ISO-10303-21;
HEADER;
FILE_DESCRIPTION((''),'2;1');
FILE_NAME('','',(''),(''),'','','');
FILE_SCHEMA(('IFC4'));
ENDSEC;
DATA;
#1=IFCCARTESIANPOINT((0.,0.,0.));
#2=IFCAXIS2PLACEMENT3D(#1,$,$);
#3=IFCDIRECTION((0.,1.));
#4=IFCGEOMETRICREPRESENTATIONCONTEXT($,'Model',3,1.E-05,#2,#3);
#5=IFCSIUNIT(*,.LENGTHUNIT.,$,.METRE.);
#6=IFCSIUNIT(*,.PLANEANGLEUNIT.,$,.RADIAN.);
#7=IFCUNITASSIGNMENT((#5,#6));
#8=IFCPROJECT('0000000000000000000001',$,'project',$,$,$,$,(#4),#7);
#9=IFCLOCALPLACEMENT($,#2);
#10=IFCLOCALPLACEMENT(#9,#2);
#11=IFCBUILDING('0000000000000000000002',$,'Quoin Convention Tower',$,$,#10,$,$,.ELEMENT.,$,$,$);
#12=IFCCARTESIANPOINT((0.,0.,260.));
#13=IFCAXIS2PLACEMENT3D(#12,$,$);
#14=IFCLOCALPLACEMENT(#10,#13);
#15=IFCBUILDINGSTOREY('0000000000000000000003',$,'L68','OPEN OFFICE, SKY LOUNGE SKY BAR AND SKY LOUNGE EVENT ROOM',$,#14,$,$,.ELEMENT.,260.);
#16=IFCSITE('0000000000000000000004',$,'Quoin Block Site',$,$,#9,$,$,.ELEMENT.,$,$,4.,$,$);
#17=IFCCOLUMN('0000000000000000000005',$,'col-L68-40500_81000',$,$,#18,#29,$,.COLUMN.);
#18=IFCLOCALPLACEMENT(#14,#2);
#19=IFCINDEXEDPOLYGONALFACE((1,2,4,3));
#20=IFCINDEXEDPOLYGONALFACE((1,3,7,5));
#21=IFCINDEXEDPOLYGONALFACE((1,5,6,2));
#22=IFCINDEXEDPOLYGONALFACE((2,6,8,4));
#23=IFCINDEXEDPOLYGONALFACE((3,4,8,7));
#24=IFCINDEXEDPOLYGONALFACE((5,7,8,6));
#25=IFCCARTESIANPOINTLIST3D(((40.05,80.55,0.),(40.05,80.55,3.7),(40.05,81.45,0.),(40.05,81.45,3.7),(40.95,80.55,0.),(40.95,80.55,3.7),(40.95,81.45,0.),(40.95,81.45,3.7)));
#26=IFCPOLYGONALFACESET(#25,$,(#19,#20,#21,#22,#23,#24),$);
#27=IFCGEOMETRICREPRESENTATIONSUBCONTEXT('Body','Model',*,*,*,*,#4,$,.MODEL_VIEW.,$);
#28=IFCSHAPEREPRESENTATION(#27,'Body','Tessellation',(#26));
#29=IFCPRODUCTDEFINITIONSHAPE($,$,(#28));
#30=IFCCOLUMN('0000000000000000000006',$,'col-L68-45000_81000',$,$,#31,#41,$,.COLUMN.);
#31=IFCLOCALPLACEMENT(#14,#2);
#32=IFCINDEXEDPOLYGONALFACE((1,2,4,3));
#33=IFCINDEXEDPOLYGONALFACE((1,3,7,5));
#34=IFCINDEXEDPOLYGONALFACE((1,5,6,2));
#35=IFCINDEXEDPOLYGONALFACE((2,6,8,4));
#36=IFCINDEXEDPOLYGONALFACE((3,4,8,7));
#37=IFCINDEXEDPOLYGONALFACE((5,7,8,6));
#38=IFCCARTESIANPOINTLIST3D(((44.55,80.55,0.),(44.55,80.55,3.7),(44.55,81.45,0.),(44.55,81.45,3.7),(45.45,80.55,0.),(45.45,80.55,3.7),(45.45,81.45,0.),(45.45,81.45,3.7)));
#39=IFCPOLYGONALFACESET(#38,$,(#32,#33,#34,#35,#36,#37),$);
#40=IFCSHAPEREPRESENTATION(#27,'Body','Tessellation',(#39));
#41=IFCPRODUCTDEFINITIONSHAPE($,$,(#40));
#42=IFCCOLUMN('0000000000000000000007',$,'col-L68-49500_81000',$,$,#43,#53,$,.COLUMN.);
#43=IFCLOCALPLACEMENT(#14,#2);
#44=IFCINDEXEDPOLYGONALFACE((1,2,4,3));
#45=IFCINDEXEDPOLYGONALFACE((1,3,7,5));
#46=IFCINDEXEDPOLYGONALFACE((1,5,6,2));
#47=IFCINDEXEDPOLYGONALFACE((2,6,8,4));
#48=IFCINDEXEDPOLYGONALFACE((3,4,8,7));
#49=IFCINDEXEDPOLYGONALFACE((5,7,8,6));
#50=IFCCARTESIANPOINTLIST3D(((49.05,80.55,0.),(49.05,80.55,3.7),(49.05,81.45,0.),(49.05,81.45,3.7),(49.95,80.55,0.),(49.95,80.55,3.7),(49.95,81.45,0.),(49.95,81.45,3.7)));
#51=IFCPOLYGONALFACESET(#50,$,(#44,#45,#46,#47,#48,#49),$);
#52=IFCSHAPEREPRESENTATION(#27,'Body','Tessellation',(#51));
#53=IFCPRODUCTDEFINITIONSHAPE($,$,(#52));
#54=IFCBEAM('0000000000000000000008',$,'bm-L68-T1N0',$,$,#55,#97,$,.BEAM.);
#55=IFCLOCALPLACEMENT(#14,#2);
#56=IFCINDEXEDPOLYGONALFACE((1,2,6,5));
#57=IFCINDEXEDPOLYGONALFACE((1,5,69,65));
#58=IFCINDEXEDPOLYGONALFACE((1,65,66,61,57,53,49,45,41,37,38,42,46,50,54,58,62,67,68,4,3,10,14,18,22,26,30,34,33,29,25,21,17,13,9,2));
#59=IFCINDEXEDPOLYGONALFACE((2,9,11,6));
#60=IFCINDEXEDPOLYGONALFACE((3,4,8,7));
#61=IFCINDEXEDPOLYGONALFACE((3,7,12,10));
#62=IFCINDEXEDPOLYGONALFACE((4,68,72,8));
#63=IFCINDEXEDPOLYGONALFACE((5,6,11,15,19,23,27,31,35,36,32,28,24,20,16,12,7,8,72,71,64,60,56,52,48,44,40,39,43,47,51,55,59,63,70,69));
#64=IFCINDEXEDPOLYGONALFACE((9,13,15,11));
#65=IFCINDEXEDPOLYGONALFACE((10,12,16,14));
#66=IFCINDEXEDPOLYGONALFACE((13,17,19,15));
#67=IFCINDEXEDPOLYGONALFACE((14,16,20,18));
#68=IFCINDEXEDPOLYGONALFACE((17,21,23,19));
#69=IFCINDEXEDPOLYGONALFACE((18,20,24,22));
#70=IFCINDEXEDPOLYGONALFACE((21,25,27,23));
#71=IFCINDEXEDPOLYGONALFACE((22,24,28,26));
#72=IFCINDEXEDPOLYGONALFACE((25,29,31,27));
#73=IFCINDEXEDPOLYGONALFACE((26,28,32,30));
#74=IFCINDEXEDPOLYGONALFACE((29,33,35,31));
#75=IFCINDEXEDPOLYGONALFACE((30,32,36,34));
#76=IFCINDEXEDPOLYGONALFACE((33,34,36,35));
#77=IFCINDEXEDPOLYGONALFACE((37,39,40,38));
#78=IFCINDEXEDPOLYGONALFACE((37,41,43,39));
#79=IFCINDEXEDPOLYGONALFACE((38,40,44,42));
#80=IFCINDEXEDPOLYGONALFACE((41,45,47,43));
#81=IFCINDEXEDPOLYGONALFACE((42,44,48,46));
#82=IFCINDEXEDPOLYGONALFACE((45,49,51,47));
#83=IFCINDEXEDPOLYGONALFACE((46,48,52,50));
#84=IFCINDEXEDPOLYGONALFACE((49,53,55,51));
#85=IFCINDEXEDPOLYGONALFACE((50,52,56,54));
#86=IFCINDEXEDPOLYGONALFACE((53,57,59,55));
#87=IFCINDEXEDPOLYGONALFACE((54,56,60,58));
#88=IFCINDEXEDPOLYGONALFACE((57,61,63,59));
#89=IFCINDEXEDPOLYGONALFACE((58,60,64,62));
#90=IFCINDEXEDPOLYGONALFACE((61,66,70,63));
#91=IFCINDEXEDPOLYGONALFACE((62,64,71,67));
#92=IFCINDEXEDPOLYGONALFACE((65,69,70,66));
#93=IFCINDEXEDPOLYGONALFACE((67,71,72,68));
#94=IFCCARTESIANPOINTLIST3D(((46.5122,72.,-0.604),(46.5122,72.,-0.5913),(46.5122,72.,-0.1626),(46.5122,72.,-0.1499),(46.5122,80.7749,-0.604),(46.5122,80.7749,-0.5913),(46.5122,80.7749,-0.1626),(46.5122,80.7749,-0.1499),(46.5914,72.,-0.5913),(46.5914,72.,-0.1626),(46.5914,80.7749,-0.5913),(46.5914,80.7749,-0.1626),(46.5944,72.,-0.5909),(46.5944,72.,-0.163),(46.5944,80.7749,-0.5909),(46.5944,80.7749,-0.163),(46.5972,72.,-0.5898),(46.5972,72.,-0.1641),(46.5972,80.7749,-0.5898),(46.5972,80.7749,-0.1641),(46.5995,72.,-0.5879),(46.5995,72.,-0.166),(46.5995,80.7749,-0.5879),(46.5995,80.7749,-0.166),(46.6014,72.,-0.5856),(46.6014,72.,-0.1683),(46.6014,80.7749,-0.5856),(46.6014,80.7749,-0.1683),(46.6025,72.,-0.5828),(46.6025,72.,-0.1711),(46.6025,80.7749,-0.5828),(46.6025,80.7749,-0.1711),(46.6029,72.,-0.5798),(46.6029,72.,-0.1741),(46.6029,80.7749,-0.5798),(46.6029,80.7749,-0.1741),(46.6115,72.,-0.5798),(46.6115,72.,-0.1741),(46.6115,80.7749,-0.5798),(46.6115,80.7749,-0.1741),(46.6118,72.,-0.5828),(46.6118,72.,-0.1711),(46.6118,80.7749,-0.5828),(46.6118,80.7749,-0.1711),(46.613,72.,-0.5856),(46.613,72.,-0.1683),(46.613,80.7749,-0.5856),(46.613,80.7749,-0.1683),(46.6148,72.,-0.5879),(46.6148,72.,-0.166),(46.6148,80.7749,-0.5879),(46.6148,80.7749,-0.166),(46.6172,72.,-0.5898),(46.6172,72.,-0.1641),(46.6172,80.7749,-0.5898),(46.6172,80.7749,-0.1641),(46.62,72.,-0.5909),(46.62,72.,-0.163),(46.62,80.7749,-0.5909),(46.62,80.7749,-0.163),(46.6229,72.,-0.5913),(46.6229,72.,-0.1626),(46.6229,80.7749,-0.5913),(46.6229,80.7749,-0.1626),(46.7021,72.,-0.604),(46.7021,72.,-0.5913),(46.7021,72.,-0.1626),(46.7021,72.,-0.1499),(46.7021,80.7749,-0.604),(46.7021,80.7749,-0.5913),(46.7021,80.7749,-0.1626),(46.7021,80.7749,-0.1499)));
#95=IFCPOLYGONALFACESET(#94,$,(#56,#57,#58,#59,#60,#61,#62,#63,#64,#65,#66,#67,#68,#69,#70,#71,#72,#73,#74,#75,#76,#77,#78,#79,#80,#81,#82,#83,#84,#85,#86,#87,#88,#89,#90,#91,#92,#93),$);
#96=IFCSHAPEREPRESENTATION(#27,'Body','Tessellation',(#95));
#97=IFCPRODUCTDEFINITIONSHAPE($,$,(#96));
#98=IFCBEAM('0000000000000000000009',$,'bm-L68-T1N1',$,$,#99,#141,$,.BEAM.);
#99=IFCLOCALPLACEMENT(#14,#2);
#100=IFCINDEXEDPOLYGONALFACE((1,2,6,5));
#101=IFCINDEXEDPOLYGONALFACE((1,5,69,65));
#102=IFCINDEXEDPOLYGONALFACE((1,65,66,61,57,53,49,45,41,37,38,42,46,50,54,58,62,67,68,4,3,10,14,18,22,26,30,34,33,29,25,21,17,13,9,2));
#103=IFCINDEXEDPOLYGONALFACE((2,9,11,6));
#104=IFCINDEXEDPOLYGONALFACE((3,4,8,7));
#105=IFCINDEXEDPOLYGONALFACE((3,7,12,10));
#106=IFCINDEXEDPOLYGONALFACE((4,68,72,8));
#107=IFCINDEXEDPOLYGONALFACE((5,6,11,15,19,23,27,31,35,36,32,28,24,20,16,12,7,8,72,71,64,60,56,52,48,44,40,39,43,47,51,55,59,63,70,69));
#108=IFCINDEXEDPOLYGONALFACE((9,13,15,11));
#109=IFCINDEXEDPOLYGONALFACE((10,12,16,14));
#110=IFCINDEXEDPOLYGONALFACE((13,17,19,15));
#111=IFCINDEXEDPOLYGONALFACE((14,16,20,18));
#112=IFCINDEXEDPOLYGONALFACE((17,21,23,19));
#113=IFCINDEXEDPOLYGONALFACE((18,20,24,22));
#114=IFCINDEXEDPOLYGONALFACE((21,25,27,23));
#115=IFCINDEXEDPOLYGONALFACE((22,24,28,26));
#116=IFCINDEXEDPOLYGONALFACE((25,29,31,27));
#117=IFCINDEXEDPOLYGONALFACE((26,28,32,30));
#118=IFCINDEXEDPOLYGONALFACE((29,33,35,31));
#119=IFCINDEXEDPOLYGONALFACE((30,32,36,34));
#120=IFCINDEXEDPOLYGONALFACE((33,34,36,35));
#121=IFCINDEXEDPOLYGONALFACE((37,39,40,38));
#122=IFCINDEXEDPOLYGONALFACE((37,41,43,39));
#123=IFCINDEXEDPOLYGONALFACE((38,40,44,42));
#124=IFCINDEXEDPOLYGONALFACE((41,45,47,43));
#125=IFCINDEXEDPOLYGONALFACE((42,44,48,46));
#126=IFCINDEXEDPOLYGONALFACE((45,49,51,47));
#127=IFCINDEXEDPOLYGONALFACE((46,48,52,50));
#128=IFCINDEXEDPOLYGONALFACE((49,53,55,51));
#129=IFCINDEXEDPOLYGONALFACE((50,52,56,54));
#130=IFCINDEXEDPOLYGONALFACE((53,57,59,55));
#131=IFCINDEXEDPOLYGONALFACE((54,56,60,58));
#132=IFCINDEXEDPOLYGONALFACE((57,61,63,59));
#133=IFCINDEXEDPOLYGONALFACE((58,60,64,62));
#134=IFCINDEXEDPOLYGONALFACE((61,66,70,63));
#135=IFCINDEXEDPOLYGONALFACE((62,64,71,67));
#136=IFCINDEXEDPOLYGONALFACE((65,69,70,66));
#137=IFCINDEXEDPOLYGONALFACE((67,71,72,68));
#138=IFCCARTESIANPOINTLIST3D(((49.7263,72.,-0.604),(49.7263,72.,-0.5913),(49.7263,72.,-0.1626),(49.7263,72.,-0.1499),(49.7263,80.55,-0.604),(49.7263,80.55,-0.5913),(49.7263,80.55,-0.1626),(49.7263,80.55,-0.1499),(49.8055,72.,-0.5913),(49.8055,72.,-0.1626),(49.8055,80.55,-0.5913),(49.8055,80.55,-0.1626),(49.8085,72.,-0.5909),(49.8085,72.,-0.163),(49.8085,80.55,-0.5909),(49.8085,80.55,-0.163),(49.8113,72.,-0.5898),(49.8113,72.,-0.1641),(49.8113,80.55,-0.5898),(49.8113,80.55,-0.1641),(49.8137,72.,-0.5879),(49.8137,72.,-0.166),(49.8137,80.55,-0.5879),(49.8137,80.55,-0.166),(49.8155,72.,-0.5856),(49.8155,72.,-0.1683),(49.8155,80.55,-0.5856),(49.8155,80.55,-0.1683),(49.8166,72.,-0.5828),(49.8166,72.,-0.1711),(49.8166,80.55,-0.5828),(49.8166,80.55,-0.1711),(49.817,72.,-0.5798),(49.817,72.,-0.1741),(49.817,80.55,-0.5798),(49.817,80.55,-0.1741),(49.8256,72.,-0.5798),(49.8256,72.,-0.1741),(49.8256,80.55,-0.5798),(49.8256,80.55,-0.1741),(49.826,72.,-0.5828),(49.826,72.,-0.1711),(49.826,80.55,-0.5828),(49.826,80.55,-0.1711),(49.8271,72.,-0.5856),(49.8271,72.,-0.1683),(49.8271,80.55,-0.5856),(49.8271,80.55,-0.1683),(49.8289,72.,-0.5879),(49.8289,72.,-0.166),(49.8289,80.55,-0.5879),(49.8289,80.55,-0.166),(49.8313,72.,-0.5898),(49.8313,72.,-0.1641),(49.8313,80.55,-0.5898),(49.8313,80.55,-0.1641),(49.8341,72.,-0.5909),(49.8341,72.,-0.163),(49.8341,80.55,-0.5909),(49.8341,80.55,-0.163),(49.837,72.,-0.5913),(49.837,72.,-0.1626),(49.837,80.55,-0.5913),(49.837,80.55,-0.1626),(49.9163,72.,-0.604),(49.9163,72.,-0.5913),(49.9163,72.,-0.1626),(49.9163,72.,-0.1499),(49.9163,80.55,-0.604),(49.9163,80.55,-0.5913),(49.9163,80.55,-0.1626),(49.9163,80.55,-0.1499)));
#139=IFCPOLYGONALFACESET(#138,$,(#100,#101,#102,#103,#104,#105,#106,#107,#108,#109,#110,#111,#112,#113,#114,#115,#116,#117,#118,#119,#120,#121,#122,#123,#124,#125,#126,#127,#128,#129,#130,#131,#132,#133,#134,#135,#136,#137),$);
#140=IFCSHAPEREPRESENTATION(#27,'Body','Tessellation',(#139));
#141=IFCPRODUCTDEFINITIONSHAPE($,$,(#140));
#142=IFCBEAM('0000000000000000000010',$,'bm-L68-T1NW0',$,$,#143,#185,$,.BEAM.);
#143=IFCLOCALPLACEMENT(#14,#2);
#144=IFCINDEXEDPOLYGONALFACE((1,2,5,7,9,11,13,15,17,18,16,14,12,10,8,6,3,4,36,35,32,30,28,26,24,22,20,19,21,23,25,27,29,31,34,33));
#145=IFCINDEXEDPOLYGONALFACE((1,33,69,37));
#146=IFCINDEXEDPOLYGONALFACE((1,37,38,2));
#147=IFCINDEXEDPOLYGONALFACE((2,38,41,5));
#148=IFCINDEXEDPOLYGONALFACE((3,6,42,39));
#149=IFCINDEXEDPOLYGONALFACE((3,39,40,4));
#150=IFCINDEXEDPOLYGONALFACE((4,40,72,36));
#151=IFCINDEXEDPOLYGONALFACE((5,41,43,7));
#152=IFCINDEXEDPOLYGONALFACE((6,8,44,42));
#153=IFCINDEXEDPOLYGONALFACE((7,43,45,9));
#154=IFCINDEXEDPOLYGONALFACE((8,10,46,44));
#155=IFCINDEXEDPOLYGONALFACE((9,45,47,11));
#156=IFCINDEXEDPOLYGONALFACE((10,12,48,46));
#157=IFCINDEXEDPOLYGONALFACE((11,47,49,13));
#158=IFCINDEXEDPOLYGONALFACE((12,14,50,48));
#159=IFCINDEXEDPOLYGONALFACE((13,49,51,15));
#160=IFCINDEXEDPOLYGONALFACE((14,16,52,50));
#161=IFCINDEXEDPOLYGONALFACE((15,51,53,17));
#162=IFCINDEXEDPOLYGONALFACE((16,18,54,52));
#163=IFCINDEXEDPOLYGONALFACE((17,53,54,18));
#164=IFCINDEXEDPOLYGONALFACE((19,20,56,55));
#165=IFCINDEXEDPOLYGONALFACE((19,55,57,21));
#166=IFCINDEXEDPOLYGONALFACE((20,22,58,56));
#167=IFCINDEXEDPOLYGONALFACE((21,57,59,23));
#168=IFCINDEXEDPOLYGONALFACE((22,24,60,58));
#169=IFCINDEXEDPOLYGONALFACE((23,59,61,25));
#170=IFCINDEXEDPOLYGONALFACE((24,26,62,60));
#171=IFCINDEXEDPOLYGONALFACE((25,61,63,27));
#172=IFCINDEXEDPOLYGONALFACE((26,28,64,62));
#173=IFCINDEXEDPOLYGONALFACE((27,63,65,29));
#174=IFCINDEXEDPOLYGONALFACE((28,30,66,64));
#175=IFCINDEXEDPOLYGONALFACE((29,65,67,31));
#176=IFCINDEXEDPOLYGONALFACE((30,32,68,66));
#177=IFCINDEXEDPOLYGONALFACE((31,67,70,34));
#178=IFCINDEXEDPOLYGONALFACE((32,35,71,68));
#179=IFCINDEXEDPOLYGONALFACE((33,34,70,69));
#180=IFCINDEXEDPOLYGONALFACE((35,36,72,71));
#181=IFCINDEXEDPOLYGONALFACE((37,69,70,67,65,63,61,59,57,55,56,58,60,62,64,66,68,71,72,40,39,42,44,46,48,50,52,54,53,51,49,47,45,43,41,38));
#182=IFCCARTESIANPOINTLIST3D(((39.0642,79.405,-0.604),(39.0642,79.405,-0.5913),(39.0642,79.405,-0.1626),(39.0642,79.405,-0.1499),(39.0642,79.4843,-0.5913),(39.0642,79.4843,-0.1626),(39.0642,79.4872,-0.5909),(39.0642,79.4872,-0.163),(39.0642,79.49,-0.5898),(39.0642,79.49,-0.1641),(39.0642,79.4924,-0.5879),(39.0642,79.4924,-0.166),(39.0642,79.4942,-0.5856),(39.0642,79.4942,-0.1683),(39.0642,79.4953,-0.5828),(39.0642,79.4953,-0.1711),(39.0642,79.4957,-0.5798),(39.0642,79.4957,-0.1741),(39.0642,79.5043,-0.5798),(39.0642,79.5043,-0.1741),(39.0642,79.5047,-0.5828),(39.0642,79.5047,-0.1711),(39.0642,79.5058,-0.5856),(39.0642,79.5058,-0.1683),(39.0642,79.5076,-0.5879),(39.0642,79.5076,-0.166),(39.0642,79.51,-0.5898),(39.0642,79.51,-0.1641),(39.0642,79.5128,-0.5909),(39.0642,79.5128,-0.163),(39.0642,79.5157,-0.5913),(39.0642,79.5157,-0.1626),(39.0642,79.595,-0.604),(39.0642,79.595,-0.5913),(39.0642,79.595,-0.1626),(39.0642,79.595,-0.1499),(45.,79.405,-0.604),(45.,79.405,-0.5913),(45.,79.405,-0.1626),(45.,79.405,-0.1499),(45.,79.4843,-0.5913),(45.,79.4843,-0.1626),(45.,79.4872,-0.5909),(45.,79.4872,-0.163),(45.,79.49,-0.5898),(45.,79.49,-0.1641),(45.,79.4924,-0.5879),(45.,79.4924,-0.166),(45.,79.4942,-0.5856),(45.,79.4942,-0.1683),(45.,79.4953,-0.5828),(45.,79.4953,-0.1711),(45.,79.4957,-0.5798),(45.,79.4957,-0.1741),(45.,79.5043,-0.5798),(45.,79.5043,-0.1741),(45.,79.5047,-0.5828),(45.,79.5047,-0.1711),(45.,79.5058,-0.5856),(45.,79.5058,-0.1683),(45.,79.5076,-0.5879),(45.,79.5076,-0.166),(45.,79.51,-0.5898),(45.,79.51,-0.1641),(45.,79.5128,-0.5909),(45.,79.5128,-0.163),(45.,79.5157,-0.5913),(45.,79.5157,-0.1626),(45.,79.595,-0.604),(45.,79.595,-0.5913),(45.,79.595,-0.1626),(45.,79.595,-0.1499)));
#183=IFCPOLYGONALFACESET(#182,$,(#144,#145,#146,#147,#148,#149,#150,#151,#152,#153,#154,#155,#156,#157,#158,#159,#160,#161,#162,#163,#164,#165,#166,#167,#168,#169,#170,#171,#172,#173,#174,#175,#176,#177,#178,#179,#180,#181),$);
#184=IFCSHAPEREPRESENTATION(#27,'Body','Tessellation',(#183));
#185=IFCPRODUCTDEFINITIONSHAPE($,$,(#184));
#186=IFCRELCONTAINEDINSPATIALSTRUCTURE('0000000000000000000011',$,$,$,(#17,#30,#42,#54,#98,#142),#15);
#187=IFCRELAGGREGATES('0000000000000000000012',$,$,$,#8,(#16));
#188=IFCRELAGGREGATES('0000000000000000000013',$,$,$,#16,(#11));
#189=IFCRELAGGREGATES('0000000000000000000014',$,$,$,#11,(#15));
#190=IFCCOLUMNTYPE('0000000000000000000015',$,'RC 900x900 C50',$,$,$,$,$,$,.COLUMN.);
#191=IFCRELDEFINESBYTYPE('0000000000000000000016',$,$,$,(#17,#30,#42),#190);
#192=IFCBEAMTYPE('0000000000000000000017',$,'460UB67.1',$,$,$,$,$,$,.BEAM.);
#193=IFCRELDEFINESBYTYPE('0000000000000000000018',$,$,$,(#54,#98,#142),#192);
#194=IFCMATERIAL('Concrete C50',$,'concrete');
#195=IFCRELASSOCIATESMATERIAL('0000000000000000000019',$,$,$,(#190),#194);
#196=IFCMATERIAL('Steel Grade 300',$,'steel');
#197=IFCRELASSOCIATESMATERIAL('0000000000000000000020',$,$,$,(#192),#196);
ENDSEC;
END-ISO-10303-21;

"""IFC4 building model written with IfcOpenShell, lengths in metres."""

from ifc_helpers import new_model, si_unit, direction, frame, origin, origin_2d, place, context, subcontext, project, spatial, rectangle, i_section, extrude, material, material_profile, profile_set, type_object, element, save


model = new_model("IFC4")

# Units and contexts
model_context = context("Model", 3, precision=1e-05, world=origin(), true_north=direction((0.0, 1.0)))
body_context = subcontext(model_context, "Body", "Model", "MODEL_VIEW")
ifc_project = project(units=[si_unit("LENGTHUNIT", "METRE"), si_unit("PLANEANGLEUNIT", "RADIAN")], contexts=[model_context])

# Site, building, storey
site_placement = place(None, origin())
site = spatial("IfcSite", under=ifc_project, at=site_placement, Name="Quoin Block Site", CompositionType="ELEMENT", RefElevation=4.0)
building_placement = place(site_placement, origin())
building = spatial("IfcBuilding", under=site, at=building_placement, Name="Quoin Convention Tower", CompositionType="ELEMENT")
storey_placement = place(building_placement, frame((0.0, 0.0, 260.0)))
storey = spatial("IfcBuildingStorey", under=building, at=storey_placement, Name="L68", Description="OPEN OFFICE, SKY LOUNGE SKY BAR AND SKY LOUNGE EVENT ROOM", CompositionType="ELEMENT", Elevation=260.0)

# Columns
ifc_material_1 = material(Name="Concrete C50", Category="concrete")
ifc_material_profile_1 = material_profile(ifc_material_1, rectangle(XDim=0.8999, YDim=0.8999, at=origin_2d()), Name="RC 900x900")
ifc_profile_set_1 = profile_set([ifc_material_profile_1], Name="Concrete C50")
column_type = type_object("IfcColumnType", Name="RC 900x900 C50", PredefinedType="COLUMN", material=ifc_profile_set_1)
for number, where, z_axis, x_axis, name in (
    (1, (40.5, 81.0, 0.0), (0.0, 0.0, 1.0), (1.0, 0.0, 0.0), "col-L68-40500_81000"),
    (2, (45.0, 81.0, 0.0), (0.0, 0.0, 1.0), (1.0, 0.0, 0.0), "col-L68-45000_81000"),
    (3, (49.5, 81.0, 0.0), (0.0, 0.0, 1.0), (1.0, 0.0, 0.0), "col-L68-49500_81000"),
):
    element("IfcColumn", number, at=place(storey_placement, frame(where, z_axis=z_axis, x_axis=x_axis)), inside=storey, type_object=column_type, Name=name, PredefinedType="COLUMN", context=body_context, shape_type="SweptSolid", body=[
        extrude(rectangle(XDim=0.8999, YDim=0.8999, at=origin_2d()), origin(), (0.0, 0.0, 1.0), 3.7),
    ])

# Beams
ifc_material_2 = material(Name="Steel Grade 300", Category="steel")
ifc_material_profile_2 = material_profile(ifc_material_2, i_section(OverallWidth=0.1899, OverallDepth=0.4541, WebThickness=0.0085, FlangeThickness=0.0127, FilletRadius=0.0115, at=origin_2d()), Name="460UB67.1")
ifc_profile_set_2 = profile_set([ifc_material_profile_2], Name="Steel Grade 300")
beam_type_1 = type_object("IfcBeamType", Name="460UB67.1", PredefinedType="BEAM", material=ifc_profile_set_2)
beam_1_placement = place(storey_placement, frame((46.6072, 72.0, -0.377), z_axis=(0.0, 1.0, 0.0), x_axis=(-1.0, 0.0, 0.0)))
element("IfcBeam", 4, at=beam_1_placement, inside=storey, type_object=beam_type_1, Name="bm-L68-T1N0", PredefinedType="BEAM", context=body_context, shape_type="SweptSolid", body=[
    extrude(i_section(OverallWidth=0.1899, OverallDepth=0.4541, WebThickness=0.0085, FlangeThickness=0.0127, FilletRadius=0.0115, at=origin_2d()), origin(), (0.0, 0.0, 1.0), 8.7749),
])
beam_2_placement = place(storey_placement, frame((49.8213, 72.0, -0.377), z_axis=(0.0, 1.0, 0.0), x_axis=(-1.0, 0.0, 0.0)))
element("IfcBeam", 5, at=beam_2_placement, inside=storey, type_object=beam_type_1, Name="bm-L68-T1N1", PredefinedType="BEAM", context=body_context, shape_type="SweptSolid", body=[
    extrude(i_section(OverallWidth=0.1899, OverallDepth=0.4541, WebThickness=0.0085, FlangeThickness=0.0127, FilletRadius=0.0115, at=origin_2d()), origin(), (0.0, 0.0, 1.0), 8.55),
])
beam_3_placement = place(storey_placement, frame((39.0642, 79.5, -0.377), z_axis=(1.0, 0.0, 0.0), x_axis=(0.0, 1.0, 0.0)))
element("IfcBeam", 6, at=beam_3_placement, inside=storey, type_object=beam_type_1, Name="bm-L68-T1NW0", PredefinedType="BEAM", context=body_context, shape_type="SweptSolid", body=[
    extrude(i_section(OverallWidth=0.1899, OverallDepth=0.4541, WebThickness=0.0085, FlangeThickness=0.0127, FilletRadius=0.0115, at=origin_2d()), origin(), (0.0, 0.0, 1.0), 5.9358),
])

save(model, "model.ifc")
